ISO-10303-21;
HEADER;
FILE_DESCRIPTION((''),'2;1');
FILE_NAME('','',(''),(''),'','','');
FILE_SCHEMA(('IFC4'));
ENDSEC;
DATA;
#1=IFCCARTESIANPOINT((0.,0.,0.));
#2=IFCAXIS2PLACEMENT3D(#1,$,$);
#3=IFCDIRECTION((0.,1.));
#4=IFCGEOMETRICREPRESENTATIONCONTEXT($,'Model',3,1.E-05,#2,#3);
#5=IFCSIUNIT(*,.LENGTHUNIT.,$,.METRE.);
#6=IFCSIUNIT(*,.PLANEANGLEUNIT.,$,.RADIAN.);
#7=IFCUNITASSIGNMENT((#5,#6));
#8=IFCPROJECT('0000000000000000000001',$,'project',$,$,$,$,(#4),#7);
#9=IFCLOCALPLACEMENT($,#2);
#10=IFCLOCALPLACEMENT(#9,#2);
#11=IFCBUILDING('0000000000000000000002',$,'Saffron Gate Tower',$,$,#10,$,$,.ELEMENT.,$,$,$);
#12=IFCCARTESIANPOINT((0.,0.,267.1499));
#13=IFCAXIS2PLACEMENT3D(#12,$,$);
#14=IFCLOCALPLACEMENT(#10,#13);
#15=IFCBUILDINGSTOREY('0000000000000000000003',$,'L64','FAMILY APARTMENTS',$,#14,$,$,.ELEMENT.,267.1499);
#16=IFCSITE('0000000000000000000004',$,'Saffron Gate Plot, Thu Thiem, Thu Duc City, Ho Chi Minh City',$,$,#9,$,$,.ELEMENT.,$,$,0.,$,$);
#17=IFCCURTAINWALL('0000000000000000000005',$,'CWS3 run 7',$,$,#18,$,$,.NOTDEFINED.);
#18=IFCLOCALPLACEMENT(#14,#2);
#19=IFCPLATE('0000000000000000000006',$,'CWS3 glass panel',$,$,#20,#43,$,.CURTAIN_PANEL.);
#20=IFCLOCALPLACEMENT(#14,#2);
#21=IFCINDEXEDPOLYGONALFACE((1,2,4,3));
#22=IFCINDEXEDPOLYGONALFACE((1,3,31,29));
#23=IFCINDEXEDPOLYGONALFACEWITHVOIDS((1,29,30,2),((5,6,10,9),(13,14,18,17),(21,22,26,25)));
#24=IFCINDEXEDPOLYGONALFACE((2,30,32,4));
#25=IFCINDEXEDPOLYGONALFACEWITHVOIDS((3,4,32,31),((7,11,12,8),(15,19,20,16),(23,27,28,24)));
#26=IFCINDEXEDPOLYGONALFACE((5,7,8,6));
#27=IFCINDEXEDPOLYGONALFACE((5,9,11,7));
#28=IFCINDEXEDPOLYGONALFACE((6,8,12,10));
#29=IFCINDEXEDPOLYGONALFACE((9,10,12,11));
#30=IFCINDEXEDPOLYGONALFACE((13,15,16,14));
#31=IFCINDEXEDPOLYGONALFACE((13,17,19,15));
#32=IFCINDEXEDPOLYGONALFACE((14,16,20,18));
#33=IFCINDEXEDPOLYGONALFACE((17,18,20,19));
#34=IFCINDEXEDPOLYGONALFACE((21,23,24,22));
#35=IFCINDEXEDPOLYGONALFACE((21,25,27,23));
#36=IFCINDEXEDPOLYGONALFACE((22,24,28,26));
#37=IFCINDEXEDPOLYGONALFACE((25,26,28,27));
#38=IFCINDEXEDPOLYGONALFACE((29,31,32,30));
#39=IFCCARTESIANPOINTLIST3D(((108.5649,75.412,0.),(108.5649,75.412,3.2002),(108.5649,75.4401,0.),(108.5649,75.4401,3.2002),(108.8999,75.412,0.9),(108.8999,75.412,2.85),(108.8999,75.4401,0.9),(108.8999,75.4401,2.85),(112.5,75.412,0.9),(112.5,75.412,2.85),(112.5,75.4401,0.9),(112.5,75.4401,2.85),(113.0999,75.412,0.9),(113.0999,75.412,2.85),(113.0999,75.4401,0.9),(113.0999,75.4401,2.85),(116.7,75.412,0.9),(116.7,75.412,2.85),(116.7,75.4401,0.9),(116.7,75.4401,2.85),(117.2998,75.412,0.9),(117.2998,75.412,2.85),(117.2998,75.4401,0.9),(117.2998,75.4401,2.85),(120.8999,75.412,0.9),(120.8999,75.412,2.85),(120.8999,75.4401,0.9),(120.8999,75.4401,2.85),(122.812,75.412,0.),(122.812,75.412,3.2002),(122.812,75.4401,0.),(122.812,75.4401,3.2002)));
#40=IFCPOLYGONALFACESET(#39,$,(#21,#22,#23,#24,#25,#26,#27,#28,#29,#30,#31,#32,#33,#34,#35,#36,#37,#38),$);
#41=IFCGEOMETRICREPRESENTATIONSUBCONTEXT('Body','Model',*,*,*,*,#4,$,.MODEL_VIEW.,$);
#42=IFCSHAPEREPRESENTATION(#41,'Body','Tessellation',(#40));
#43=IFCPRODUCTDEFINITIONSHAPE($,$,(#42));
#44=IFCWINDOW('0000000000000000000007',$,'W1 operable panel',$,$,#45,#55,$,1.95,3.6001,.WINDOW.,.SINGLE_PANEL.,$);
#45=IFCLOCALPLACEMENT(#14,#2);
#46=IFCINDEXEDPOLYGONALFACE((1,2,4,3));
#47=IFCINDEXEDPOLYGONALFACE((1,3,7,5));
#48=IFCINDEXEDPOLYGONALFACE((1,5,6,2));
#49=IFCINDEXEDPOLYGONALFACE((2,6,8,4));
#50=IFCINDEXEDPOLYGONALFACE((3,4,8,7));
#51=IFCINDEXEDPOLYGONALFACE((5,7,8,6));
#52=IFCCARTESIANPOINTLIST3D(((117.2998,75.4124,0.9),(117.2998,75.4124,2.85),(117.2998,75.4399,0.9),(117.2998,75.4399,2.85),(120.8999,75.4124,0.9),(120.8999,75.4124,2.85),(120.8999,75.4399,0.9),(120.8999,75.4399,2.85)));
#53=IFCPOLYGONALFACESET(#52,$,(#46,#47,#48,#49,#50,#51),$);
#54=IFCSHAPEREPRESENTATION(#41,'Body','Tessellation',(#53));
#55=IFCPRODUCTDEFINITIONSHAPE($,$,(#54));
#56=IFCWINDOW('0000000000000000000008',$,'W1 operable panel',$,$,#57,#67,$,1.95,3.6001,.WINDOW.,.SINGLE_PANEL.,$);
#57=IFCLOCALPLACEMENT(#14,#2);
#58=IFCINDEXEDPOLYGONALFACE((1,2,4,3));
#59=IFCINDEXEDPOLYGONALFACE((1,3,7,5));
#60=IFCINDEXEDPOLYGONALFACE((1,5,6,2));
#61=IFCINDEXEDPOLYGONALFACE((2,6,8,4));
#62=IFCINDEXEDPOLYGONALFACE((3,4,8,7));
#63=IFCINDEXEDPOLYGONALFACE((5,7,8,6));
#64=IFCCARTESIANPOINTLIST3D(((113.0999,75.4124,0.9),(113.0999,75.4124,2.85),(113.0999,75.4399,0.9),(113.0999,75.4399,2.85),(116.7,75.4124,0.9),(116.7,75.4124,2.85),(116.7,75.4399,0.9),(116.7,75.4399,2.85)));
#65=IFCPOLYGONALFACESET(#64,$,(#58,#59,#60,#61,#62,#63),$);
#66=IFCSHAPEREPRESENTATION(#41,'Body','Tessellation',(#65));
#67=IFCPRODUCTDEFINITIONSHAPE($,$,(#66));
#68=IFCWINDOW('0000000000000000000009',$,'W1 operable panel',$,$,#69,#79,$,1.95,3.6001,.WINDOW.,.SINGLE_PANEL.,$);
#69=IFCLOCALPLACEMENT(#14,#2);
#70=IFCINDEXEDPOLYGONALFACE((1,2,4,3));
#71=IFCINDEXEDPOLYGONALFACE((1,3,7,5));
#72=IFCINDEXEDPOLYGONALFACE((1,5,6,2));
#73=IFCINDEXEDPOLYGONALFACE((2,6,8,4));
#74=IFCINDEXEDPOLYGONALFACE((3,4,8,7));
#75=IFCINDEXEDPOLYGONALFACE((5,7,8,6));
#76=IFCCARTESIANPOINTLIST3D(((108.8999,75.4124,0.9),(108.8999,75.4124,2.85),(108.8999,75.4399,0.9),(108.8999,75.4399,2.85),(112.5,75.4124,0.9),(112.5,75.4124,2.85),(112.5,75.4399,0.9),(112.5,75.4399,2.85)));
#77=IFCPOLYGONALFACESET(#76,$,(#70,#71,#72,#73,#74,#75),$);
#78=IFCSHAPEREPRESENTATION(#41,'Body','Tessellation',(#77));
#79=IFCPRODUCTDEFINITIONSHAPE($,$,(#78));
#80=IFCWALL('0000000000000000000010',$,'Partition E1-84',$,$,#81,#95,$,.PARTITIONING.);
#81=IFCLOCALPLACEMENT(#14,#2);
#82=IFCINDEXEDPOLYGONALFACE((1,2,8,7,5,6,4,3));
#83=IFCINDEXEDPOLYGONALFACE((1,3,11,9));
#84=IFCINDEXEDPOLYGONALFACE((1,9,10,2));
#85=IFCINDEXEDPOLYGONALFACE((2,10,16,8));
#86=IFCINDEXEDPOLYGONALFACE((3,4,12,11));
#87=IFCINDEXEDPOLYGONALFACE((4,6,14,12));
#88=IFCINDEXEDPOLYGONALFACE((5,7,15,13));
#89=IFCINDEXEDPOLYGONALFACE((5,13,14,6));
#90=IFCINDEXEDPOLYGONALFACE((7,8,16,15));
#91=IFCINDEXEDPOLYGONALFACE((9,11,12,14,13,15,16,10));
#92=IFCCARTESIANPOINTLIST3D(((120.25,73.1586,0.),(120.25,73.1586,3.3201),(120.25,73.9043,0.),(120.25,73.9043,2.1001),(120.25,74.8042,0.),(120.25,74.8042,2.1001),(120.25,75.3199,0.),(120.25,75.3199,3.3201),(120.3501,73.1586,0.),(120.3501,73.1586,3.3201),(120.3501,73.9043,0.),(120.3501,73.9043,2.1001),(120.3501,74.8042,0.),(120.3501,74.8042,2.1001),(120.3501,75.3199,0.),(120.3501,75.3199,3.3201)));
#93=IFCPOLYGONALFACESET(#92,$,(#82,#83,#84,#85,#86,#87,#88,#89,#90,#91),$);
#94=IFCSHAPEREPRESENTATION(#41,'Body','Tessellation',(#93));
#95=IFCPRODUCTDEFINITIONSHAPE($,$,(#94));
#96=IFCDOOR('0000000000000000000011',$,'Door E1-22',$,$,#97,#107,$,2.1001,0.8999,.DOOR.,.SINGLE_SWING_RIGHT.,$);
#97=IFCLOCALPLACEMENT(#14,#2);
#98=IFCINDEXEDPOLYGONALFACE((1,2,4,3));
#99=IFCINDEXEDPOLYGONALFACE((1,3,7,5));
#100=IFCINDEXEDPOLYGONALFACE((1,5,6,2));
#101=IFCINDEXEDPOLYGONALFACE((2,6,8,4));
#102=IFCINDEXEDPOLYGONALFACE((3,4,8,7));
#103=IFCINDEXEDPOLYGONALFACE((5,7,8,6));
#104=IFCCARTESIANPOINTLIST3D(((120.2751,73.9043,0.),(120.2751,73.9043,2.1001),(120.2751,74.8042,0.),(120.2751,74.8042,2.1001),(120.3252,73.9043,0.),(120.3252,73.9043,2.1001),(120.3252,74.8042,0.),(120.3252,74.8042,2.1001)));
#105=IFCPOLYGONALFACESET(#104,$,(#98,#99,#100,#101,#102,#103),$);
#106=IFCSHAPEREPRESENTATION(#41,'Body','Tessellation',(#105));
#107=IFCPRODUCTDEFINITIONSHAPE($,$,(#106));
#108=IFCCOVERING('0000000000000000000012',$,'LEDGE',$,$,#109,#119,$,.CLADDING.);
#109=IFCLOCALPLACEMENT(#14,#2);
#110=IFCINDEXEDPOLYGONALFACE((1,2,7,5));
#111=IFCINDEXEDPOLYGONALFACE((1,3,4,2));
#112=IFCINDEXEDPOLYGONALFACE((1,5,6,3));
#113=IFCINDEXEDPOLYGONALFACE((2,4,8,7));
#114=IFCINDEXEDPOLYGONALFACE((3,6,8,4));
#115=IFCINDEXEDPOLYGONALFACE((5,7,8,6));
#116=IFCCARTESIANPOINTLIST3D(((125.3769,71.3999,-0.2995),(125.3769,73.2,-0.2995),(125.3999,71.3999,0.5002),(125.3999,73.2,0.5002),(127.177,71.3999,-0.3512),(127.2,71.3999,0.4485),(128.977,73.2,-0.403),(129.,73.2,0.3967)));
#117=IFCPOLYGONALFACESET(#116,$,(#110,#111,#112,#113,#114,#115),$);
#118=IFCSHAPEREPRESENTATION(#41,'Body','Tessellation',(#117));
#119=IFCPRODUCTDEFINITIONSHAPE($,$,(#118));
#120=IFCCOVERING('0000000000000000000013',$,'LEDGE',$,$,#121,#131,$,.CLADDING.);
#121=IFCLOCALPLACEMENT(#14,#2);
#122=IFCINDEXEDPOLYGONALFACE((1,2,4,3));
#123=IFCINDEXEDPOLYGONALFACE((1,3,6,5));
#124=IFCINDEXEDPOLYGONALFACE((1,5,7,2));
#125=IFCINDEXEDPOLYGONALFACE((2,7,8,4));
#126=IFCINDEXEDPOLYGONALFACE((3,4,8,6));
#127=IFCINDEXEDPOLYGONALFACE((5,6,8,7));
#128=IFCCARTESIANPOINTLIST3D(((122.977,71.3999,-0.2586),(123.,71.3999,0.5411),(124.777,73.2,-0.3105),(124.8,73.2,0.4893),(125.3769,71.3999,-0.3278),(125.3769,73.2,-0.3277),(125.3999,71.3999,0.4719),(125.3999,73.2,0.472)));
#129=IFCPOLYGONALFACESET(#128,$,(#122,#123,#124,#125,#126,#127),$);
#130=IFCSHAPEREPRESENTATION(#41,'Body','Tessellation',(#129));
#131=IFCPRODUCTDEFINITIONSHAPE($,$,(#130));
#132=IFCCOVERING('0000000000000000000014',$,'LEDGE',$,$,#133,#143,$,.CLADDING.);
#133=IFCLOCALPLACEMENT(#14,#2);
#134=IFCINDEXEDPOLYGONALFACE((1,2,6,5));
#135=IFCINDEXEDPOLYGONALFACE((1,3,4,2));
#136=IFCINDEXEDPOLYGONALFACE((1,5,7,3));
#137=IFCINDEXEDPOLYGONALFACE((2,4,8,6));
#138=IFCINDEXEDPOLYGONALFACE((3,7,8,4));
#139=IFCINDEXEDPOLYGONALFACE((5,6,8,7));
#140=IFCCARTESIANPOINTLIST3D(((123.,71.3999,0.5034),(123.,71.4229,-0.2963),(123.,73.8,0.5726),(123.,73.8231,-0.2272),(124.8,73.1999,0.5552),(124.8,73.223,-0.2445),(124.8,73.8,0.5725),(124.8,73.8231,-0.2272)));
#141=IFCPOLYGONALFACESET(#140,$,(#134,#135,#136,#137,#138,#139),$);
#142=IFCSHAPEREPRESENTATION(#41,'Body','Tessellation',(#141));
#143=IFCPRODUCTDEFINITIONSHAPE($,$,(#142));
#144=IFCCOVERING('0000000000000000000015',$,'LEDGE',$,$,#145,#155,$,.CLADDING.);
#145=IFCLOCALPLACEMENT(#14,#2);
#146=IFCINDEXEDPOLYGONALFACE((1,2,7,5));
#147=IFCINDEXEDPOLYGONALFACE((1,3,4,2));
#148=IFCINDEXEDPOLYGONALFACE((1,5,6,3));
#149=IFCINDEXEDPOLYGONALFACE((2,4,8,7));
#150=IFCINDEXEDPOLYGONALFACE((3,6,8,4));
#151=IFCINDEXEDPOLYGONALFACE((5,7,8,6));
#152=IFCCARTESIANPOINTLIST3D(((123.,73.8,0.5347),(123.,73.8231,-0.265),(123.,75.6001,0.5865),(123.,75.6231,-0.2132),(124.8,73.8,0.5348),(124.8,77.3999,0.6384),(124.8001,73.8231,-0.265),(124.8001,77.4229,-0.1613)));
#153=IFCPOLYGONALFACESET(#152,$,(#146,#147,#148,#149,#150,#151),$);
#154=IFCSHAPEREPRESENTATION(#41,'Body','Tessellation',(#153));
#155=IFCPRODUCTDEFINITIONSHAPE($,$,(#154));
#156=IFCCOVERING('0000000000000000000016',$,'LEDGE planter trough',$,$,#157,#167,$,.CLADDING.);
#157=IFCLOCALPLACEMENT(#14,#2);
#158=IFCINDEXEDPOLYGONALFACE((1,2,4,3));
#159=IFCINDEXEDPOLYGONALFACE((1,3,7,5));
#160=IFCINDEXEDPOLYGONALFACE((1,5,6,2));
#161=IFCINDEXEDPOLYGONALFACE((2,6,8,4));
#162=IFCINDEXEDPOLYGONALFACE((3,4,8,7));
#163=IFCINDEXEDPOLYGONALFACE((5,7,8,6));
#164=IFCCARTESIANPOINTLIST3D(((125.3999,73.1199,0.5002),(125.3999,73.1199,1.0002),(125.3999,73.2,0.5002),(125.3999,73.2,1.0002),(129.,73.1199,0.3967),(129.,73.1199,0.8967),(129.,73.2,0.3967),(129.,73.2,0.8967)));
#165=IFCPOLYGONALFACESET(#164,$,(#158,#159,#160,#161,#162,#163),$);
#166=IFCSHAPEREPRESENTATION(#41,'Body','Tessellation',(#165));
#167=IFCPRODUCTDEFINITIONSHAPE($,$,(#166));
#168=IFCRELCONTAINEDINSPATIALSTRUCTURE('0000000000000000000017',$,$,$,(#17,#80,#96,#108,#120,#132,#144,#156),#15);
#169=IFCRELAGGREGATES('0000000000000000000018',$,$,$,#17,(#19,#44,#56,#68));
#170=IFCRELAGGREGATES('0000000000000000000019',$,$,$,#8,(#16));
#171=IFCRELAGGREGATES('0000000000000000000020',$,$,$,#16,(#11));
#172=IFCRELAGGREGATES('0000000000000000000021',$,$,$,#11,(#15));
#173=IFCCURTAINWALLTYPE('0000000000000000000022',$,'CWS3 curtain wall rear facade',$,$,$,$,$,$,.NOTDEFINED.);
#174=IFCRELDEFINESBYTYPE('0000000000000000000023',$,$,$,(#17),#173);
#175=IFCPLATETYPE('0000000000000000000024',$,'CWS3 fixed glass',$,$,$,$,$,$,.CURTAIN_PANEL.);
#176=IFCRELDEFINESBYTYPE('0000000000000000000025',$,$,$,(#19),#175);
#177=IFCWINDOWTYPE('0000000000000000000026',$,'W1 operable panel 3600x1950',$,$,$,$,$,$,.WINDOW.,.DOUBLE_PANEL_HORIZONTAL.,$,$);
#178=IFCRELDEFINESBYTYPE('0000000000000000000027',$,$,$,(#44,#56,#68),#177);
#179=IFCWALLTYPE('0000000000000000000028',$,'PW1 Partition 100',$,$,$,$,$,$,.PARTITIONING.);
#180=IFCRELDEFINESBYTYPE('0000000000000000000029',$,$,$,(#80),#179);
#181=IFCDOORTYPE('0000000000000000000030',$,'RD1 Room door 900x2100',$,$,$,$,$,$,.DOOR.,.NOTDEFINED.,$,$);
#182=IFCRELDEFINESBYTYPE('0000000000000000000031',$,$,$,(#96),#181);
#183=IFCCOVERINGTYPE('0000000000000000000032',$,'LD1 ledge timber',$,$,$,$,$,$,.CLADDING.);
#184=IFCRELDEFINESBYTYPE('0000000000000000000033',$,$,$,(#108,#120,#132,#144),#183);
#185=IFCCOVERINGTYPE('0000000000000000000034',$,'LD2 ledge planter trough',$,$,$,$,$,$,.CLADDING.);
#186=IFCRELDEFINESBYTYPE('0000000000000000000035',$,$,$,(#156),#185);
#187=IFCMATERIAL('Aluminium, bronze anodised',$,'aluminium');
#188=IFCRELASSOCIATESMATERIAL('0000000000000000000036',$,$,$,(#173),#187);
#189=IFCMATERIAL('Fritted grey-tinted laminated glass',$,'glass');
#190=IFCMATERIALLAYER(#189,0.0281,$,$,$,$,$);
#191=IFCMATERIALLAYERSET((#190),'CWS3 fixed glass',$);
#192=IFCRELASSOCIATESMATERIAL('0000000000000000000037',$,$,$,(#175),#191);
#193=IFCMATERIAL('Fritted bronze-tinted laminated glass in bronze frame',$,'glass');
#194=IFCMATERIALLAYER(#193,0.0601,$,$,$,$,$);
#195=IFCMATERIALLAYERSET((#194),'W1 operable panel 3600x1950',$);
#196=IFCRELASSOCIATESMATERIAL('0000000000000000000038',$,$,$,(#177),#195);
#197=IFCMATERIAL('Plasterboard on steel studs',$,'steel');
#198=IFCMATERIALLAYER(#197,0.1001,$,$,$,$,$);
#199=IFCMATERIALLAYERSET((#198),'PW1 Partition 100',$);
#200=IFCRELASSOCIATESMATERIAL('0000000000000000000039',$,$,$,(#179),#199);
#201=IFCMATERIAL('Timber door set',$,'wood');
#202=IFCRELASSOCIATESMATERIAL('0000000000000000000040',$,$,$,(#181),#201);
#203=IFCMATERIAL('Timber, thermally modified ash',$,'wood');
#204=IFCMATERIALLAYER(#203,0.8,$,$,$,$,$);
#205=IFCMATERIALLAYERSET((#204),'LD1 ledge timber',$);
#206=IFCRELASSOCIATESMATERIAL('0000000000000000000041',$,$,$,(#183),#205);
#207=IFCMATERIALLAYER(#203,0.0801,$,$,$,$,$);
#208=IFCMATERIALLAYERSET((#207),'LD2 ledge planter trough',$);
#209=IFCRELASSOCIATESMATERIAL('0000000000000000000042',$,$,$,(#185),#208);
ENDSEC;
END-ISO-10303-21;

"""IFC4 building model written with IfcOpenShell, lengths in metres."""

from ifc_helpers import new_model, si_unit, direction, frame, frame_2d, origin, place, context, subcontext, project, spatial, polyline, rectangle, outline, extrude, material, layer, layer_set, type_object, element, fill, aggregate, save


model = new_model("IFC4")

# Units and contexts
model_context = context("Model", 3, precision=1e-05, world=origin(), true_north=direction((0.0, 1.0)))
body_context = subcontext(model_context, "Body", "Model", "MODEL_VIEW")
ifc_project = project(units=[si_unit("LENGTHUNIT", "METRE"), si_unit("PLANEANGLEUNIT", "RADIAN")], contexts=[model_context])

# Site, building, storey
site_placement = place(None, origin())
site = spatial("IfcSite", under=ifc_project, at=site_placement, Name="Saffron Gate Plot, Thu Thiem, Thu Duc City, Ho Chi Minh City", CompositionType="ELEMENT", RefElevation=0.0)
building_placement = place(site_placement, origin())
building = spatial("IfcBuilding", under=site, at=building_placement, Name="Saffron Gate Tower", CompositionType="ELEMENT")
storey_placement = place(building_placement, frame((0.0, 0.0, 267.1499)))
storey = spatial("IfcBuildingStorey", under=building, at=storey_placement, Name="L64", Description="FAMILY APARTMENTS", CompositionType="ELEMENT", Elevation=267.1499)

# Curtain wall
ifc_material_1 = material(Name="Aluminium, bronze anodised", Category="aluminium")
curtain_wall_type_1 = type_object("IfcCurtainWallType", Name="CWS3 curtain wall rear facade", PredefinedType="NOTDEFINED", material=ifc_material_1)
curtain_wall_1_placement = place(storey_placement, origin())
curtain_wall_1 = element("IfcCurtainWall", 1, at=curtain_wall_1_placement, inside=storey, type_object=curtain_wall_type_1, Name="CWS3 run 7", PredefinedType="NOTDEFINED")

# Plate, openings, windows
ifc_material_2 = material(Name="Fritted grey-tinted laminated glass", Category="glass")
ifc_layer_1 = layer(ifc_material_2, 0.0281)
ifc_layer_set_1 = layer_set([ifc_layer_1], Name="CWS3 fixed glass")
plate_type = type_object("IfcPlateType", Name="CWS3 fixed glass", PredefinedType="CURTAIN_PANEL", material=ifc_layer_set_1)
plate_placement = place(storey_placement, frame((122.812, 75.426, 0.0), z_axis=(0.0, 0.0, 1.0), x_axis=(-1.0, 0.0, 0.0)))
plate = element("IfcPlate", 2, at=plate_placement, type_object=plate_type, Name="CWS3 glass panel", PredefinedType="CURTAIN_PANEL", context=body_context, shape_type="SweptSolid", body=[
    extrude(rectangle(XDim=14.2471, YDim=0.0281, at=frame_2d((7.1235, 0.0))), origin(), (0.0, 0.0, 1.0), 3.2002),
])
opening_1_placement = place(plate_placement, frame((1.9121, 0.0, 0.8999)))
opening_1 = element("IfcOpeningElement", 3, at=opening_1_placement, cuts=plate, PredefinedType="OPENING", context=body_context, shape_type="SweptSolid", body=[
    extrude(rectangle(XDim=3.6001, YDim=1.95, at=frame_2d((1.8, 0.9751))), frame((0.0, 0.0239, 0.0), z_axis=(0.0, -1.0, 0.0), x_axis=(1.0, 0.0, 0.0)), (0.0, 0.0, 1.0), 0.0481),
])
opening_2_placement = place(plate_placement, frame((6.1121, 0.0, 0.8999)))
opening_2 = element("IfcOpeningElement", 4, at=opening_2_placement, cuts=plate, PredefinedType="OPENING", context=body_context, shape_type="SweptSolid", body=[
    extrude(rectangle(XDim=3.6001, YDim=1.95, at=frame_2d((1.8, 0.9751))), frame((0.0, 0.0239, 0.0), z_axis=(0.0, -1.0, 0.0), x_axis=(1.0, 0.0, 0.0)), (0.0, 0.0, 1.0), 0.0481),
])
opening_3_placement = place(plate_placement, frame((10.312, 0.0, 0.8999)))
opening_3 = element("IfcOpeningElement", 5, at=opening_3_placement, cuts=plate, PredefinedType="OPENING", context=body_context, shape_type="SweptSolid", body=[
    extrude(rectangle(XDim=3.6001, YDim=1.95, at=frame_2d((1.8, 0.9751))), frame((0.0, 0.0239, 0.0), z_axis=(0.0, -1.0, 0.0), x_axis=(1.0, 0.0, 0.0)), (0.0, 0.0, 1.0), 0.0481),
])
ifc_material_3 = material(Name="Fritted bronze-tinted laminated glass in bronze frame", Category="glass")
ifc_layer_2 = layer(ifc_material_3, 0.0601)
ifc_layer_set_2 = layer_set([ifc_layer_2], Name="W1 operable panel 3600x1950")
window_type = type_object("IfcWindowType", Name="W1 operable panel 3600x1950", PartitioningType="DOUBLE_PANEL_HORIZONTAL", PredefinedType="WINDOW", material=ifc_layer_set_2)
window_1_placement = place(opening_1_placement, origin())
window_1 = element("IfcWindow", 6, at=window_1_placement, type_object=window_type, Name="W1 operable panel", OverallHeight=1.95, OverallWidth=3.6001, PartitioningType="SINGLE_PANEL", PredefinedType="WINDOW", context=body_context, shape_type="SweptSolid", body=[
    extrude(rectangle(XDim=3.6001, YDim=1.95, at=frame_2d((1.8, 0.9751))), frame((0.0, 0.0137, 0.0), z_axis=(0.0, -1.0, 0.0), x_axis=(1.0, 0.0, 0.0)), (0.0, 0.0, 1.0), 0.0276),
])
fill(opening_1, window_1)
window_2_placement = place(opening_2_placement, origin())
window_2 = element("IfcWindow", 7, at=window_2_placement, type_object=window_type, Name="W1 operable panel", OverallHeight=1.95, OverallWidth=3.6001, PartitioningType="SINGLE_PANEL", PredefinedType="WINDOW", context=body_context, shape_type="SweptSolid", body=[
    extrude(rectangle(XDim=3.6001, YDim=1.95, at=frame_2d((1.8, 0.9751))), frame((0.0, 0.0137, 0.0), z_axis=(0.0, -1.0, 0.0), x_axis=(1.0, 0.0, 0.0)), (0.0, 0.0, 1.0), 0.0276),
])
fill(opening_2, window_2)
window_3_placement = place(opening_3_placement, origin())
window_3 = element("IfcWindow", 8, at=window_3_placement, type_object=window_type, Name="W1 operable panel", OverallHeight=1.95, OverallWidth=3.6001, PartitioningType="SINGLE_PANEL", PredefinedType="WINDOW", context=body_context, shape_type="SweptSolid", body=[
    extrude(rectangle(XDim=3.6001, YDim=1.95, at=frame_2d((1.8, 0.9751))), frame((0.0, 0.0137, 0.0), z_axis=(0.0, -1.0, 0.0), x_axis=(1.0, 0.0, 0.0)), (0.0, 0.0, 1.0), 0.0276),
])
fill(opening_3, window_3)
aggregate(curtain_wall_1, [plate, window_1, window_2, window_3])

# Wall, opening, door
ifc_material_4 = material(Name="Plasterboard on steel studs", Category="steel")
ifc_layer_3 = layer(ifc_material_4, 0.1001)
ifc_layer_set_3 = layer_set([ifc_layer_3], Name="PW1 Partition 100")
wall_type = type_object("IfcWallType", Name="PW1 Partition 100", PredefinedType="PARTITIONING", material=ifc_layer_set_3)
wall_placement = place(storey_placement, frame((120.3, 73.1587, 0.0), z_axis=(0.0, 0.0, 1.0), x_axis=(0.0, 1.0, 0.0)))
wall = element("IfcWall", 9, at=wall_placement, inside=storey, type_object=wall_type, Name="Partition E1-84", PredefinedType="PARTITIONING", context=body_context, shape_type="SweptSolid", body=[
    extrude(rectangle(XDim=2.1614, YDim=0.1001, at=frame_2d((1.0806, 0.0))), origin(), (0.0, 0.0, 1.0), 3.3201),
])
opening_4_placement = place(wall_placement, frame((0.7456, 0.0, 0.0)))
opening_4 = element("IfcOpeningElement", 10, at=opening_4_placement, cuts=wall, PredefinedType="OPENING", context=body_context, shape_type="SweptSolid", body=[
    extrude(rectangle(XDim=0.8999, YDim=2.1001, at=frame_2d((0.45, 1.05))), frame((0.0, 0.0601, 0.0), z_axis=(0.0, -1.0, 0.0), x_axis=(1.0, 0.0, 0.0)), (0.0, 0.0, 1.0), 0.1201),
])
ifc_material_5 = material(Name="Timber door set", Category="wood")
door_type = type_object("IfcDoorType", Name="RD1 Room door 900x2100", OperationType="NOTDEFINED", PredefinedType="DOOR", material=ifc_material_5)
door_placement = place(opening_4_placement, origin())
door = element("IfcDoor", 11, at=door_placement, inside=storey, type_object=door_type, Name="Door E1-22", OperationType="SINGLE_SWING_RIGHT", OverallHeight=2.1001, OverallWidth=0.8999, PredefinedType="DOOR", context=body_context, shape_type="SweptSolid", body=[
    extrude(rectangle(XDim=0.8999, YDim=2.1001, at=frame_2d((0.45, 1.05))), frame((0.0, 0.0249, 0.0), z_axis=(0.0, -1.0, 0.0), x_axis=(1.0, 0.0, 0.0)), (0.0, 0.0, 1.0), 0.05),
])
fill(opening_4, door)

# Coverings
ifc_material_6 = material(Name="Timber, thermally modified ash", Category="wood")
ifc_layer_4 = layer(ifc_material_6, 0.8)
ifc_layer_set_4 = layer_set([ifc_layer_4], Name="LD1 ledge timber")
covering_type_1 = type_object("IfcCoveringType", Name="LD1 ledge timber", PredefinedType="CLADDING", material=ifc_layer_set_4)
covering_1_placement = place(storey_placement, frame((127.2, 71.3999, 0.4485), z_axis=(0.028742, 0.0, 0.999587), x_axis=(-0.999587, 0.0, 0.028742)))
element("IfcCovering", 12, at=covering_1_placement, inside=storey, type_object=covering_type_1, Name="LEDGE", PredefinedType="CLADDING", context=body_context, shape_type="SweptSolid", body=[
    extrude(outline(polyline([(0.0, 0.0), (1.8008, 0.0), (1.8008, -1.8), (-1.8008, -1.8), (0.0, 0.0)])), origin(), (0.0, 0.0, -1.0), 0.8),
])
covering_2_placement = place(storey_placement, frame((125.3999, 71.3999, 0.4719), z_axis=(0.028799, -0.000029, 0.999585), x_axis=(-0.999585, 0.0, 0.028799)))
element("IfcCovering", 13, at=covering_2_placement, inside=storey, type_object=covering_type_1, Name="LEDGE", PredefinedType="CLADDING", context=body_context, shape_type="SweptSolid", body=[
    extrude(outline(polyline([(0.0, 0.0), (2.4009, 0.0), (0.6001, -1.8), (0.0, -1.8), (0.0, 0.0)])), origin(), (0.0, 0.0, -1.0), 0.8),
])
covering_3_placement = place(storey_placement, frame((123.0, 71.3999, 0.5034), z_axis=(0.000026, -0.028794, 0.999585), x_axis=(0.0, 0.999585, 0.028794)))
element("IfcCovering", 14, at=covering_3_placement, inside=storey, type_object=covering_type_1, Name="LEDGE", PredefinedType="CLADDING", context=body_context, shape_type="SweptSolid", body=[
    extrude(outline(polyline([(0.0, 0.0), (2.4011, 0.0), (2.4011, -1.8), (1.8008, -1.8), (0.0, 0.0)])), origin(), (0.0, 0.0, -1.0), 0.8),
])
covering_4_placement = place(storey_placement, frame((123.0, 73.8, 0.5347), z_axis=(-0.000046, -0.028788, 0.999586), x_axis=(0.0, 0.999586, 0.028788)))
element("IfcCovering", 15, at=covering_4_placement, inside=storey, type_object=covering_type_1, Name="LEDGE", PredefinedType="CLADDING", context=body_context, shape_type="SweptSolid", body=[
    extrude(outline(polyline([(0.0, 0.0), (1.8008, 0.0), (3.6013, -1.8), (0.0, -1.8), (0.0, 0.0)])), origin(), (0.0, 0.0, -1.0), 0.8),
])
ifc_layer_5 = layer(ifc_material_6, 0.0801)
ifc_layer_set_5 = layer_set([ifc_layer_5], Name="LD2 ledge planter trough")
covering_type_2 = type_object("IfcCoveringType", Name="LD2 ledge planter trough", PredefinedType="CLADDING", material=ifc_layer_set_5)
covering_5_placement = place(storey_placement, frame((129.0, 73.2, 0.3967), z_axis=(0.0, 1.0, 0.0), x_axis=(-0.999587, 0.0, 0.028742)))
element("IfcCovering", 16, at=covering_5_placement, inside=storey, type_object=covering_type_2, Name="LEDGE planter trough", PredefinedType="CLADDING", context=body_context, shape_type="SweptSolid", body=[
    extrude(outline(polyline([(0.0, 0.0), (3.6016, 0.0), (3.616, 0.4998), (0.0144, 0.4998), (0.0, 0.0)])), origin(), (0.0, 0.0, -1.0), 0.0801),
])

save(model, "model.ifc")
